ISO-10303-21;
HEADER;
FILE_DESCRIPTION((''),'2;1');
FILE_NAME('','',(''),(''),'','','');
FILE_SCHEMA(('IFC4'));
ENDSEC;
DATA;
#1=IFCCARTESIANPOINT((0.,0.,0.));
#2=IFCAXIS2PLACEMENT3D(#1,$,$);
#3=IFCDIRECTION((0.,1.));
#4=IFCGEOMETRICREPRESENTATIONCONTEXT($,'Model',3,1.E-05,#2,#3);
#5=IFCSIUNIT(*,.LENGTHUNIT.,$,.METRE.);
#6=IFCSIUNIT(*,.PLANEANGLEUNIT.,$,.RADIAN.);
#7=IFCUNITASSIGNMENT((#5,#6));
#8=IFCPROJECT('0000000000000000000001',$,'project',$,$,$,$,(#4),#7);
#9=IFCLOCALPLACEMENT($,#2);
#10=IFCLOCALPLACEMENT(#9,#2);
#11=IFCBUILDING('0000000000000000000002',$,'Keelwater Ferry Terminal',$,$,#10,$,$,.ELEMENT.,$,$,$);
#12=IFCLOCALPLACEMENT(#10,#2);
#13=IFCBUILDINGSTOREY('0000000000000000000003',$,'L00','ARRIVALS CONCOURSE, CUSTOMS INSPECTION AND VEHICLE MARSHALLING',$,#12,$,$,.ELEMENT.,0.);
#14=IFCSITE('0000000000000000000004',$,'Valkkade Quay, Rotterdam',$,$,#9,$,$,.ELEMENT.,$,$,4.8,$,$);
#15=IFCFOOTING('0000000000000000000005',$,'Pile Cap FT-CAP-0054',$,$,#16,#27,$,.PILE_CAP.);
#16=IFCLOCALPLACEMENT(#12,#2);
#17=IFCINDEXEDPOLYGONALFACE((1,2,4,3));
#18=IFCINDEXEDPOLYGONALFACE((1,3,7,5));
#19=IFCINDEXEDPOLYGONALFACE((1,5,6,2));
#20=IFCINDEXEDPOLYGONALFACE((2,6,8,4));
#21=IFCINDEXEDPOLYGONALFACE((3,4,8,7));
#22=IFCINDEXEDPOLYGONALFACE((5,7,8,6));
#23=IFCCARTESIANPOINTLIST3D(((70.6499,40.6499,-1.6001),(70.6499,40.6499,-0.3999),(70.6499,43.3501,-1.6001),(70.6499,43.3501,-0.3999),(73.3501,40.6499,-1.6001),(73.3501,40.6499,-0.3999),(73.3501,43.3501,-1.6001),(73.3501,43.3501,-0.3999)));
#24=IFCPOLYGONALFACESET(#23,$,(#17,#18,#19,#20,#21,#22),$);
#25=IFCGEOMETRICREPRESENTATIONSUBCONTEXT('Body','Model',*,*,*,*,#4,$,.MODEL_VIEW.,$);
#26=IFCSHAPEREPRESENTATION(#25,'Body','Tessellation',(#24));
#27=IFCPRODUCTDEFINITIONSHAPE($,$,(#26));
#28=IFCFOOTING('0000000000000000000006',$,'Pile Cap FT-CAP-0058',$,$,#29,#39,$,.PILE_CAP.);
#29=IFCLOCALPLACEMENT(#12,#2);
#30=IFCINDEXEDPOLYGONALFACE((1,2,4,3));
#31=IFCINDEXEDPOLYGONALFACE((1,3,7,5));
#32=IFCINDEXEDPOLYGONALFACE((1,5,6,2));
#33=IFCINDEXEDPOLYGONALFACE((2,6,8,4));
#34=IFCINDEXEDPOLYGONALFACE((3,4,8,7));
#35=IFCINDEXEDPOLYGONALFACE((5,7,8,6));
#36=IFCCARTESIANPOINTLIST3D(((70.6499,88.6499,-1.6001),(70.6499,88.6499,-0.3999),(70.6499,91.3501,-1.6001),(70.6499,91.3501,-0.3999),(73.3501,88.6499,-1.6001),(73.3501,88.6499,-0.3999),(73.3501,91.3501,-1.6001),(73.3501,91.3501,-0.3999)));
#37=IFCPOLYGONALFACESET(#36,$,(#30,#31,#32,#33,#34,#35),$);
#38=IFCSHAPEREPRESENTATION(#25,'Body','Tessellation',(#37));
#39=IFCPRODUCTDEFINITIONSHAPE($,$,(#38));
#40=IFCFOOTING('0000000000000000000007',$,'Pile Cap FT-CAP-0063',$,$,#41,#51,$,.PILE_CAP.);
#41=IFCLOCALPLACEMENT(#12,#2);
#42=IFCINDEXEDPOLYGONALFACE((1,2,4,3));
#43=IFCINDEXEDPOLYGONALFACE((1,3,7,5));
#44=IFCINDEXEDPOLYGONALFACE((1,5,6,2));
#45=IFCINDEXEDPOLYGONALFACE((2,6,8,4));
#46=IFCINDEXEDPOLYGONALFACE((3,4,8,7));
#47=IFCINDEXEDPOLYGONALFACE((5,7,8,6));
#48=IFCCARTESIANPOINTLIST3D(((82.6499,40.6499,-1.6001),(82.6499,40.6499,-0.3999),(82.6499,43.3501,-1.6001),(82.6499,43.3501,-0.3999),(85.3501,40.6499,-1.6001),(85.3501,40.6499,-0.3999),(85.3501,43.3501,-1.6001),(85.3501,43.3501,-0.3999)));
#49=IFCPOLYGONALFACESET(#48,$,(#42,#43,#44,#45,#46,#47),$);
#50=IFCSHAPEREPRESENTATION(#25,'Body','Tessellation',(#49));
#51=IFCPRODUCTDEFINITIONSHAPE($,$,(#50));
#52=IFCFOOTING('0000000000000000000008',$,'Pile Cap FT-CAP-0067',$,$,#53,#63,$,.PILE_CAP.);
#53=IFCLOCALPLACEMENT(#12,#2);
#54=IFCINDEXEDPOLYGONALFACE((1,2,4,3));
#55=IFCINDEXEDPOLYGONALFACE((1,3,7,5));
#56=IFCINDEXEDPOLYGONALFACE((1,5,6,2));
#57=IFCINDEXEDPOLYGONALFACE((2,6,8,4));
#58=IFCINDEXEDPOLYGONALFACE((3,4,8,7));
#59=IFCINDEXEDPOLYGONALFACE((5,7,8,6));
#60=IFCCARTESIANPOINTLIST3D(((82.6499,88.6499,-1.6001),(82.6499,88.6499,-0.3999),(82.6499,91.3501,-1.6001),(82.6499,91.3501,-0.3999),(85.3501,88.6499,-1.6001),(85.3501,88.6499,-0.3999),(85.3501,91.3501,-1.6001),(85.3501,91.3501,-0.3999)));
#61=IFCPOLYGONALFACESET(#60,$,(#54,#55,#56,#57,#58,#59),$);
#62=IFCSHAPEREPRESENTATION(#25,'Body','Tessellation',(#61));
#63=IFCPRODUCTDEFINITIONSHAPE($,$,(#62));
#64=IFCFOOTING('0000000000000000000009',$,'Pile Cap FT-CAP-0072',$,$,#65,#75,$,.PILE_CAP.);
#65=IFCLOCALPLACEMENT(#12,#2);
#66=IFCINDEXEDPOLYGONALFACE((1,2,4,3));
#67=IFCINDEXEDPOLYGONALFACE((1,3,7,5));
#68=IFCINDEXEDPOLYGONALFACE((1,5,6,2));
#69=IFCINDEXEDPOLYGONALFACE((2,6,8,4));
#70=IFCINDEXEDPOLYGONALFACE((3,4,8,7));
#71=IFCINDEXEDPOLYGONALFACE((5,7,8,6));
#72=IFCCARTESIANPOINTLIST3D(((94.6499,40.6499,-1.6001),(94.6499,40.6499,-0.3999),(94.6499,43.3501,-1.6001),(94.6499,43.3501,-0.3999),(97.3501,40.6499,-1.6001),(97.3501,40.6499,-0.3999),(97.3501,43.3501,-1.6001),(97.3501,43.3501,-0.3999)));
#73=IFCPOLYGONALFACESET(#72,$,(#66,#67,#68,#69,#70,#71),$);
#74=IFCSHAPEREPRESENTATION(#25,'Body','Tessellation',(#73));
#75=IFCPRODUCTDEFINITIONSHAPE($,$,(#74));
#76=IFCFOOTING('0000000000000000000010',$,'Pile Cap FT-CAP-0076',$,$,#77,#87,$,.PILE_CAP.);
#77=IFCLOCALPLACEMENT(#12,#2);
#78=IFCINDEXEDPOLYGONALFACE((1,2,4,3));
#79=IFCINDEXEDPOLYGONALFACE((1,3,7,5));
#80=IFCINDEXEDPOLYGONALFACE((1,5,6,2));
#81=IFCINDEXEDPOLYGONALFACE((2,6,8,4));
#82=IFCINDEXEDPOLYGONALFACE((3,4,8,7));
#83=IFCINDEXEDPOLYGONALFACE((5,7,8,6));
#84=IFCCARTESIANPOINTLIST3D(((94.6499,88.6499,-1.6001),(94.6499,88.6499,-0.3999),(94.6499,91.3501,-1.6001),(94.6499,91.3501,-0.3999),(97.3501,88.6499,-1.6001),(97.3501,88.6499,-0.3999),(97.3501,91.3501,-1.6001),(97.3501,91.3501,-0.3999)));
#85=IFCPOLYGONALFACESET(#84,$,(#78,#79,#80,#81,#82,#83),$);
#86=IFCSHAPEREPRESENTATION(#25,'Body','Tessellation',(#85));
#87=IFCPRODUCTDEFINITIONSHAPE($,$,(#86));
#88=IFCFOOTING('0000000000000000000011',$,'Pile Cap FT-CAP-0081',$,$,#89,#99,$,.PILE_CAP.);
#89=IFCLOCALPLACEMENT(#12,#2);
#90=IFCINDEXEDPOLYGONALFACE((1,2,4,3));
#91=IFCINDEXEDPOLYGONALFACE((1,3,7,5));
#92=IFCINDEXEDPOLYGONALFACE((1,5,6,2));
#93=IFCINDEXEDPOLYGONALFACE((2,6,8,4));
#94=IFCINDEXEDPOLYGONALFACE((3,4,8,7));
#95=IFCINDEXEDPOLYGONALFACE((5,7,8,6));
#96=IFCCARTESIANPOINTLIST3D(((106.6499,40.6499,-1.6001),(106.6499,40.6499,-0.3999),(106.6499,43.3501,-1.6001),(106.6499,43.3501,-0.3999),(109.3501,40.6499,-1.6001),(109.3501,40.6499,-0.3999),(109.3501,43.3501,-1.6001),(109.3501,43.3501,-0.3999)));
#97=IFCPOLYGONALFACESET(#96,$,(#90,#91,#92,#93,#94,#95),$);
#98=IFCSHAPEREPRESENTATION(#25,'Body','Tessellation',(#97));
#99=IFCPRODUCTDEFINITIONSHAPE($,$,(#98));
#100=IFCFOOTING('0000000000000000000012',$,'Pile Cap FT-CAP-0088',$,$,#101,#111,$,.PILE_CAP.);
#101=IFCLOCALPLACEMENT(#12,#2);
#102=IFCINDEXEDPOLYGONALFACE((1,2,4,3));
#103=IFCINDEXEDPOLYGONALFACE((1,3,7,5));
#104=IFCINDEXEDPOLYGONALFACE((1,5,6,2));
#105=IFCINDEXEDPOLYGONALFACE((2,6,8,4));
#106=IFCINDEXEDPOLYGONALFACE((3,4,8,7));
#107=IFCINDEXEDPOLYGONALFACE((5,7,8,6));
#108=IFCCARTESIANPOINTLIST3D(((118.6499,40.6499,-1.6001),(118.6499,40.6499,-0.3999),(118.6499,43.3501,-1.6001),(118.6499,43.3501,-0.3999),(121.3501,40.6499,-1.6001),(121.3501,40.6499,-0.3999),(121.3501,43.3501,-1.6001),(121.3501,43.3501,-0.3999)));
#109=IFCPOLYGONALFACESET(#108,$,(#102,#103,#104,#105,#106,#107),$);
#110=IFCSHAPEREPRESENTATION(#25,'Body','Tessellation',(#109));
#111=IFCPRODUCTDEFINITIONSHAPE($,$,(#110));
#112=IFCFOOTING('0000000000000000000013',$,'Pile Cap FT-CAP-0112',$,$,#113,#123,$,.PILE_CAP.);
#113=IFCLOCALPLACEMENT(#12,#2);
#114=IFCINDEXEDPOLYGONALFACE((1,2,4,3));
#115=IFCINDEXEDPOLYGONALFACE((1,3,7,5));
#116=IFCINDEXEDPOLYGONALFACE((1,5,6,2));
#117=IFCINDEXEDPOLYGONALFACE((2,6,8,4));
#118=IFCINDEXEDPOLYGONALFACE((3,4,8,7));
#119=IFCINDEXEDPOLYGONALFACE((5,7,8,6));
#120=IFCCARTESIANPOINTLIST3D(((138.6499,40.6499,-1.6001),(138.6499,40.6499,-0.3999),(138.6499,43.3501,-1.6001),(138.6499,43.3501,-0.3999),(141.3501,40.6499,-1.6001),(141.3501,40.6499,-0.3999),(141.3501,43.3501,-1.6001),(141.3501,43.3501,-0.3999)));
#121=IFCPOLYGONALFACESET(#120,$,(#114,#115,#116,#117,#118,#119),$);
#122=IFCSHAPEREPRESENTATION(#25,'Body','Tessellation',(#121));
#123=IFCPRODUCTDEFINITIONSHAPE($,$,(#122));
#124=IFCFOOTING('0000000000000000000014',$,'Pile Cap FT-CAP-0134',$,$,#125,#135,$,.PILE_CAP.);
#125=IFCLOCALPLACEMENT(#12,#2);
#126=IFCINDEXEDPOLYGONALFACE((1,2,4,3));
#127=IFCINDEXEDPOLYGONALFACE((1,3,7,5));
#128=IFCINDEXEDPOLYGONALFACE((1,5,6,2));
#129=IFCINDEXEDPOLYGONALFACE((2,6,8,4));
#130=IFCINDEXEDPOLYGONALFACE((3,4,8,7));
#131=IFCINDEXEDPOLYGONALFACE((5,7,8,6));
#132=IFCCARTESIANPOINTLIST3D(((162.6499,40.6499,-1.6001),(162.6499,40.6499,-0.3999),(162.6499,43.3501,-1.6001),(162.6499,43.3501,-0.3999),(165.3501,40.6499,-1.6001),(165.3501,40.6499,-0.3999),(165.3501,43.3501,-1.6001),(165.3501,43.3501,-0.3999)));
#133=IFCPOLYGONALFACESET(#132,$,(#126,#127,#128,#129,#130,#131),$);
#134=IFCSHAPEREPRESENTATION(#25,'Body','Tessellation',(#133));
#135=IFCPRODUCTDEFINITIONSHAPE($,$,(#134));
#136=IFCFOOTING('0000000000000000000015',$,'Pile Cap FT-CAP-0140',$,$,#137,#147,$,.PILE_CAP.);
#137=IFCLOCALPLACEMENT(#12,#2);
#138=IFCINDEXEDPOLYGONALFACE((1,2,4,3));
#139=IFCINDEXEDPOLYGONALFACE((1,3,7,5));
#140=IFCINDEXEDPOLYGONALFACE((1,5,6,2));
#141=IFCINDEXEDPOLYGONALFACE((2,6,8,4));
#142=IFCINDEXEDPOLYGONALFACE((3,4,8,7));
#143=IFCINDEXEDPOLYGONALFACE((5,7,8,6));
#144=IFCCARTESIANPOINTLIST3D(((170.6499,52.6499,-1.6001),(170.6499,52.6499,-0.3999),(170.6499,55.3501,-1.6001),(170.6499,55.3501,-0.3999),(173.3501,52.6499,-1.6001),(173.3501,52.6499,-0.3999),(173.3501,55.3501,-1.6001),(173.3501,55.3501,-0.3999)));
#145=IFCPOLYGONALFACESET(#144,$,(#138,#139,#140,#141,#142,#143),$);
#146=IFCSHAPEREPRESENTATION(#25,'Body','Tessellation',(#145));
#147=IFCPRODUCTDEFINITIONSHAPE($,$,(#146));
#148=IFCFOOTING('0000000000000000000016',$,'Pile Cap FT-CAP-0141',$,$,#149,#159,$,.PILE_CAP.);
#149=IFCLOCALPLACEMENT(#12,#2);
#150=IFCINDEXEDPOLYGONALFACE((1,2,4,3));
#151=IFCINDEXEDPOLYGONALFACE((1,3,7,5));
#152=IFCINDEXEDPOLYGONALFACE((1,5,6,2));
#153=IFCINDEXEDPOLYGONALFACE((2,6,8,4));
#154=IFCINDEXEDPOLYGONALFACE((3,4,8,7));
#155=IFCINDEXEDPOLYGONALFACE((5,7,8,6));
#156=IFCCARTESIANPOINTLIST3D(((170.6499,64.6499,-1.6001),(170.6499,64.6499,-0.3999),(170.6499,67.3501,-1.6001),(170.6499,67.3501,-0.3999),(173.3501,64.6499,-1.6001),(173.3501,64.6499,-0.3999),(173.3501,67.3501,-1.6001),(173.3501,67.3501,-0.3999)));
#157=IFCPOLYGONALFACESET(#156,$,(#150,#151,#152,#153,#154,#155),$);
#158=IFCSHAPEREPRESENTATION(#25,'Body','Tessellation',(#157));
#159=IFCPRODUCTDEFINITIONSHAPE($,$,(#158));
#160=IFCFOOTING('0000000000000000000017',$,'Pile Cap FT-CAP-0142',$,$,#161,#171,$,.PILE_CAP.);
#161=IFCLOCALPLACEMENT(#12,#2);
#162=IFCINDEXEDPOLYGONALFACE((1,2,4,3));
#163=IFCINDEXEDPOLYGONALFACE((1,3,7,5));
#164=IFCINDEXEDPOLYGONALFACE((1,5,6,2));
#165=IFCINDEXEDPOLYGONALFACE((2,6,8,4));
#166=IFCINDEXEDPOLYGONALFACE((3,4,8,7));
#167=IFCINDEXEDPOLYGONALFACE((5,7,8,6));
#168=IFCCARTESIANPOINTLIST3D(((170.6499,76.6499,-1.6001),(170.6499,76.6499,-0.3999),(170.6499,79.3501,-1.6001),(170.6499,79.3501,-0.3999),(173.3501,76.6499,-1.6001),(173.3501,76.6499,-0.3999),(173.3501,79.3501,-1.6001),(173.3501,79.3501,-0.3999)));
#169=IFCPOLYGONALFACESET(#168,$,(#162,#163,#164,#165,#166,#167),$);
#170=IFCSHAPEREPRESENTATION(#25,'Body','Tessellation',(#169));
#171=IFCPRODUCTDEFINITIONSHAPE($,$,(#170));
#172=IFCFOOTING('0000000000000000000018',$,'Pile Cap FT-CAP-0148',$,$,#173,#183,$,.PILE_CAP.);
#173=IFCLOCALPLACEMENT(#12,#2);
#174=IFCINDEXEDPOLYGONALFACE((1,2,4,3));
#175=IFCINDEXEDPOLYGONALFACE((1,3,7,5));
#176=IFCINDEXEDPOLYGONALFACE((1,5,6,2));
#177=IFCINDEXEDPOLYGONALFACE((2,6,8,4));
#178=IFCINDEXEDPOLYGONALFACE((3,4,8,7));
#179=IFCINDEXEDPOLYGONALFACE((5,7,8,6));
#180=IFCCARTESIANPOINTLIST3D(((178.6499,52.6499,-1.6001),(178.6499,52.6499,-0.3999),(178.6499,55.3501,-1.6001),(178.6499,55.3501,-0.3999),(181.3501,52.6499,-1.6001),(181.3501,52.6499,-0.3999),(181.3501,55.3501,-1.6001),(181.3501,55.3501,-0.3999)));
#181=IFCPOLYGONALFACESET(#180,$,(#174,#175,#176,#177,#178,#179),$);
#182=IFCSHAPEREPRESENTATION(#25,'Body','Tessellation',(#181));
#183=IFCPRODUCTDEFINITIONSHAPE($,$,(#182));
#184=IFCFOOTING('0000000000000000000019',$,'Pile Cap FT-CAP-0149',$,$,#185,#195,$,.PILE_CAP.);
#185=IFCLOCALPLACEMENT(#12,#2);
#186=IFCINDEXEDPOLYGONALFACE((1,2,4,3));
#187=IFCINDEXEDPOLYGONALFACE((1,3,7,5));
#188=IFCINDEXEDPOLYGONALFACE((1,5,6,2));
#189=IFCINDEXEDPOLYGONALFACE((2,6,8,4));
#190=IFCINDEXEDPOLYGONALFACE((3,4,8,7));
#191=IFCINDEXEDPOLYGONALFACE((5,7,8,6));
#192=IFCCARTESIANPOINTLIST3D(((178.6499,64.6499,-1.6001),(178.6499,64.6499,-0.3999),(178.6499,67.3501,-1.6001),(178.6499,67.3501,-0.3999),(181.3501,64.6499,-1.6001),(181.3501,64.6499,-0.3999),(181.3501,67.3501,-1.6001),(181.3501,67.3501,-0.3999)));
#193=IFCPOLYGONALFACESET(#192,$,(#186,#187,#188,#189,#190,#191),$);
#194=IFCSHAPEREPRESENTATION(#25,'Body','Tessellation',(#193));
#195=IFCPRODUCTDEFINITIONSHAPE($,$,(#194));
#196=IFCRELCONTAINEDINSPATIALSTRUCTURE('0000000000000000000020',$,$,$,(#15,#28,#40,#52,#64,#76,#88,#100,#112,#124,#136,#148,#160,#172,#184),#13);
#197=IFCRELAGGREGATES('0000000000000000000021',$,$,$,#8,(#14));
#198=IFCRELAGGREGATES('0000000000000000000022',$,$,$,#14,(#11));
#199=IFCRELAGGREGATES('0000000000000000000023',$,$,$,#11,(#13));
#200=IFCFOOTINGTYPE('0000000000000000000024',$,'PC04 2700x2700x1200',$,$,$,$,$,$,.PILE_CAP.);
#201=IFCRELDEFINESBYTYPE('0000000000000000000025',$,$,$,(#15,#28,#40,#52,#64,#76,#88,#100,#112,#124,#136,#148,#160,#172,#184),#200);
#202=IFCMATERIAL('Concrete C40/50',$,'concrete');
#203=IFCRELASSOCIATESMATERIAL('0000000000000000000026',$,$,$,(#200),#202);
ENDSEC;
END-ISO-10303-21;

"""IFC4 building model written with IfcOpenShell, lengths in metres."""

from ifc_helpers import new_model, si_unit, direction, frame, origin, place, context, subcontext, project, spatial, polyline, outline, extrude, material, type_object, element, save


model = new_model("IFC4")

# Units and contexts
model_context = context("Model", 3, precision=1e-05, world=origin(), true_north=direction((0.0, 1.0)))
body_context = subcontext(model_context, "Body", "Model", "MODEL_VIEW")
ifc_project = project(units=[si_unit("LENGTHUNIT", "METRE"), si_unit("PLANEANGLEUNIT", "RADIAN")], contexts=[model_context])

# Site, building, storey
site_placement = place(None, origin())
site = spatial("IfcSite", under=ifc_project, at=site_placement, Name="Valkkade Quay, Rotterdam", CompositionType="ELEMENT", RefElevation=4.8)
building_placement = place(site_placement, origin())
building = spatial("IfcBuilding", under=site, at=building_placement, Name="Keelwater Ferry Terminal", CompositionType="ELEMENT")
storey_placement = place(building_placement, origin())
storey = spatial("IfcBuildingStorey", under=building, at=storey_placement, Name="L00", Description="ARRIVALS CONCOURSE, CUSTOMS INSPECTION AND VEHICLE MARSHALLING", CompositionType="ELEMENT", Elevation=0.0)

# Footings
ifc_material = material(Name="Concrete C40/50", Category="concrete")
footing_type = type_object("IfcFootingType", Name="PC04 2700x2700x1200", PredefinedType="PILE_CAP", material=ifc_material)
footing_1_placement = place(storey_placement, frame((0.0, 0.0, -1.6001)))
element("IfcFooting", 1, at=footing_1_placement, inside=storey, type_object=footing_type, Name="Pile Cap FT-CAP-0054", PredefinedType="PILE_CAP", context=body_context, shape_type="SweptSolid", body=[
    extrude(outline(polyline([(70.6499, 40.6499), (73.3501, 40.6499), (73.3501, 43.3501), (70.6499, 43.3501), (70.6499, 40.6499)])), origin(), (0.0, 0.0, 1.0), 1.2002),
])
footing_2_placement = place(storey_placement, frame((0.0, 0.0, -1.6001)))
element("IfcFooting", 2, at=footing_2_placement, inside=storey, type_object=footing_type, Name="Pile Cap FT-CAP-0058", PredefinedType="PILE_CAP", context=body_context, shape_type="SweptSolid", body=[
    extrude(outline(polyline([(70.6499, 88.6499), (73.3501, 88.6499), (73.3501, 91.3501), (70.6499, 91.3501), (70.6499, 88.6499)])), origin(), (0.0, 0.0, 1.0), 1.2002),
])
footing_3_placement = place(storey_placement, frame((0.0, 0.0, -1.6001)))
element("IfcFooting", 3, at=footing_3_placement, inside=storey, type_object=footing_type, Name="Pile Cap FT-CAP-0063", PredefinedType="PILE_CAP", context=body_context, shape_type="SweptSolid", body=[
    extrude(outline(polyline([(82.6499, 40.6499), (85.3501, 40.6499), (85.3501, 43.3501), (82.6499, 43.3501), (82.6499, 40.6499)])), origin(), (0.0, 0.0, 1.0), 1.2002),
])
footing_4_placement = place(storey_placement, frame((0.0, 0.0, -1.6001)))
element("IfcFooting", 4, at=footing_4_placement, inside=storey, type_object=footing_type, Name="Pile Cap FT-CAP-0067", PredefinedType="PILE_CAP", context=body_context, shape_type="SweptSolid", body=[
    extrude(outline(polyline([(82.6499, 88.6499), (85.3501, 88.6499), (85.3501, 91.3501), (82.6499, 91.3501), (82.6499, 88.6499)])), origin(), (0.0, 0.0, 1.0), 1.2002),
])
footing_5_placement = place(storey_placement, frame((0.0, 0.0, -1.6001)))
element("IfcFooting", 5, at=footing_5_placement, inside=storey, type_object=footing_type, Name="Pile Cap FT-CAP-0072", PredefinedType="PILE_CAP", context=body_context, shape_type="SweptSolid", body=[
    extrude(outline(polyline([(94.6499, 40.6499), (97.3501, 40.6499), (97.3501, 43.3501), (94.6499, 43.3501), (94.6499, 40.6499)])), origin(), (0.0, 0.0, 1.0), 1.2002),
])
footing_6_placement = place(storey_placement, frame((0.0, 0.0, -1.6001)))
element("IfcFooting", 6, at=footing_6_placement, inside=storey, type_object=footing_type, Name="Pile Cap FT-CAP-0076", PredefinedType="PILE_CAP", context=body_context, shape_type="SweptSolid", body=[
    extrude(outline(polyline([(94.6499, 88.6499), (97.3501, 88.6499), (97.3501, 91.3501), (94.6499, 91.3501), (94.6499, 88.6499)])), origin(), (0.0, 0.0, 1.0), 1.2002),
])
footing_7_placement = place(storey_placement, frame((0.0, 0.0, -1.6001)))
element("IfcFooting", 7, at=footing_7_placement, inside=storey, type_object=footing_type, Name="Pile Cap FT-CAP-0081", PredefinedType="PILE_CAP", context=body_context, shape_type="SweptSolid", body=[
    extrude(outline(polyline([(106.6499, 40.6499), (109.3501, 40.6499), (109.3501, 43.3501), (106.6499, 43.3501), (106.6499, 40.6499)])), origin(), (0.0, 0.0, 1.0), 1.2002),
])
footing_8_placement = place(storey_placement, frame((0.0, 0.0, -1.6001)))
element("IfcFooting", 8, at=footing_8_placement, inside=storey, type_object=footing_type, Name="Pile Cap FT-CAP-0088", PredefinedType="PILE_CAP", context=body_context, shape_type="SweptSolid", body=[
    extrude(outline(polyline([(118.6499, 40.6499), (121.3501, 40.6499), (121.3501, 43.3501), (118.6499, 43.3501), (118.6499, 40.6499)])), origin(), (0.0, 0.0, 1.0), 1.2002),
])
footing_9_placement = place(storey_placement, frame((0.0, 0.0, -1.6001)))
element("IfcFooting", 9, at=footing_9_placement, inside=storey, type_object=footing_type, Name="Pile Cap FT-CAP-0112", PredefinedType="PILE_CAP", context=body_context, shape_type="SweptSolid", body=[
    extrude(outline(polyline([(138.6499, 40.6499), (141.3501, 40.6499), (141.3501, 43.3501), (138.6499, 43.3501), (138.6499, 40.6499)])), origin(), (0.0, 0.0, 1.0), 1.2002),
])
footing_10_placement = place(storey_placement, frame((0.0, 0.0, -1.6001)))
element("IfcFooting", 10, at=footing_10_placement, inside=storey, type_object=footing_type, Name="Pile Cap FT-CAP-0134", PredefinedType="PILE_CAP", context=body_context, shape_type="SweptSolid", body=[
    extrude(outline(polyline([(162.6499, 40.6499), (165.3501, 40.6499), (165.3501, 43.3501), (162.6499, 43.3501), (162.6499, 40.6499)])), origin(), (0.0, 0.0, 1.0), 1.2002),
])
footing_11_placement = place(storey_placement, frame((0.0, 0.0, -1.6001)))
element("IfcFooting", 11, at=footing_11_placement, inside=storey, type_object=footing_type, Name="Pile Cap FT-CAP-0140", PredefinedType="PILE_CAP", context=body_context, shape_type="SweptSolid", body=[
    extrude(outline(polyline([(170.6499, 52.6499), (173.3501, 52.6499), (173.3501, 55.3501), (170.6499, 55.3501), (170.6499, 52.6499)])), origin(), (0.0, 0.0, 1.0), 1.2002),
])
footing_12_placement = place(storey_placement, frame((0.0, 0.0, -1.6001)))
element("IfcFooting", 12, at=footing_12_placement, inside=storey, type_object=footing_type, Name="Pile Cap FT-CAP-0141", PredefinedType="PILE_CAP", context=body_context, shape_type="SweptSolid", body=[
    extrude(outline(polyline([(170.6499, 64.6499), (173.3501, 64.6499), (173.3501, 67.3501), (170.6499, 67.3501), (170.6499, 64.6499)])), origin(), (0.0, 0.0, 1.0), 1.2002),
])
footing_13_placement = place(storey_placement, frame((0.0, 0.0, -1.6001)))
element("IfcFooting", 13, at=footing_13_placement, inside=storey, type_object=footing_type, Name="Pile Cap FT-CAP-0142", PredefinedType="PILE_CAP", context=body_context, shape_type="SweptSolid", body=[
    extrude(outline(polyline([(170.6499, 76.6499), (173.3501, 76.6499), (173.3501, 79.3501), (170.6499, 79.3501), (170.6499, 76.6499)])), origin(), (0.0, 0.0, 1.0), 1.2002),
])
footing_14_placement = place(storey_placement, frame((0.0, 0.0, -1.6001)))
element("IfcFooting", 14, at=footing_14_placement, inside=storey, type_object=footing_type, Name="Pile Cap FT-CAP-0148", PredefinedType="PILE_CAP", context=body_context, shape_type="SweptSolid", body=[
    extrude(outline(polyline([(178.6499, 52.6499), (181.3501, 52.6499), (181.3501, 55.3501), (178.6499, 55.3501), (178.6499, 52.6499)])), origin(), (0.0, 0.0, 1.0), 1.2002),
])
footing_15_placement = place(storey_placement, frame((0.0, 0.0, -1.6001)))
element("IfcFooting", 15, at=footing_15_placement, inside=storey, type_object=footing_type, Name="Pile Cap FT-CAP-0149", PredefinedType="PILE_CAP", context=body_context, shape_type="SweptSolid", body=[
    extrude(outline(polyline([(178.6499, 64.6499), (181.3501, 64.6499), (181.3501, 67.3501), (178.6499, 67.3501), (178.6499, 64.6499)])), origin(), (0.0, 0.0, 1.0), 1.2002),
])

save(model, "model.ifc")
